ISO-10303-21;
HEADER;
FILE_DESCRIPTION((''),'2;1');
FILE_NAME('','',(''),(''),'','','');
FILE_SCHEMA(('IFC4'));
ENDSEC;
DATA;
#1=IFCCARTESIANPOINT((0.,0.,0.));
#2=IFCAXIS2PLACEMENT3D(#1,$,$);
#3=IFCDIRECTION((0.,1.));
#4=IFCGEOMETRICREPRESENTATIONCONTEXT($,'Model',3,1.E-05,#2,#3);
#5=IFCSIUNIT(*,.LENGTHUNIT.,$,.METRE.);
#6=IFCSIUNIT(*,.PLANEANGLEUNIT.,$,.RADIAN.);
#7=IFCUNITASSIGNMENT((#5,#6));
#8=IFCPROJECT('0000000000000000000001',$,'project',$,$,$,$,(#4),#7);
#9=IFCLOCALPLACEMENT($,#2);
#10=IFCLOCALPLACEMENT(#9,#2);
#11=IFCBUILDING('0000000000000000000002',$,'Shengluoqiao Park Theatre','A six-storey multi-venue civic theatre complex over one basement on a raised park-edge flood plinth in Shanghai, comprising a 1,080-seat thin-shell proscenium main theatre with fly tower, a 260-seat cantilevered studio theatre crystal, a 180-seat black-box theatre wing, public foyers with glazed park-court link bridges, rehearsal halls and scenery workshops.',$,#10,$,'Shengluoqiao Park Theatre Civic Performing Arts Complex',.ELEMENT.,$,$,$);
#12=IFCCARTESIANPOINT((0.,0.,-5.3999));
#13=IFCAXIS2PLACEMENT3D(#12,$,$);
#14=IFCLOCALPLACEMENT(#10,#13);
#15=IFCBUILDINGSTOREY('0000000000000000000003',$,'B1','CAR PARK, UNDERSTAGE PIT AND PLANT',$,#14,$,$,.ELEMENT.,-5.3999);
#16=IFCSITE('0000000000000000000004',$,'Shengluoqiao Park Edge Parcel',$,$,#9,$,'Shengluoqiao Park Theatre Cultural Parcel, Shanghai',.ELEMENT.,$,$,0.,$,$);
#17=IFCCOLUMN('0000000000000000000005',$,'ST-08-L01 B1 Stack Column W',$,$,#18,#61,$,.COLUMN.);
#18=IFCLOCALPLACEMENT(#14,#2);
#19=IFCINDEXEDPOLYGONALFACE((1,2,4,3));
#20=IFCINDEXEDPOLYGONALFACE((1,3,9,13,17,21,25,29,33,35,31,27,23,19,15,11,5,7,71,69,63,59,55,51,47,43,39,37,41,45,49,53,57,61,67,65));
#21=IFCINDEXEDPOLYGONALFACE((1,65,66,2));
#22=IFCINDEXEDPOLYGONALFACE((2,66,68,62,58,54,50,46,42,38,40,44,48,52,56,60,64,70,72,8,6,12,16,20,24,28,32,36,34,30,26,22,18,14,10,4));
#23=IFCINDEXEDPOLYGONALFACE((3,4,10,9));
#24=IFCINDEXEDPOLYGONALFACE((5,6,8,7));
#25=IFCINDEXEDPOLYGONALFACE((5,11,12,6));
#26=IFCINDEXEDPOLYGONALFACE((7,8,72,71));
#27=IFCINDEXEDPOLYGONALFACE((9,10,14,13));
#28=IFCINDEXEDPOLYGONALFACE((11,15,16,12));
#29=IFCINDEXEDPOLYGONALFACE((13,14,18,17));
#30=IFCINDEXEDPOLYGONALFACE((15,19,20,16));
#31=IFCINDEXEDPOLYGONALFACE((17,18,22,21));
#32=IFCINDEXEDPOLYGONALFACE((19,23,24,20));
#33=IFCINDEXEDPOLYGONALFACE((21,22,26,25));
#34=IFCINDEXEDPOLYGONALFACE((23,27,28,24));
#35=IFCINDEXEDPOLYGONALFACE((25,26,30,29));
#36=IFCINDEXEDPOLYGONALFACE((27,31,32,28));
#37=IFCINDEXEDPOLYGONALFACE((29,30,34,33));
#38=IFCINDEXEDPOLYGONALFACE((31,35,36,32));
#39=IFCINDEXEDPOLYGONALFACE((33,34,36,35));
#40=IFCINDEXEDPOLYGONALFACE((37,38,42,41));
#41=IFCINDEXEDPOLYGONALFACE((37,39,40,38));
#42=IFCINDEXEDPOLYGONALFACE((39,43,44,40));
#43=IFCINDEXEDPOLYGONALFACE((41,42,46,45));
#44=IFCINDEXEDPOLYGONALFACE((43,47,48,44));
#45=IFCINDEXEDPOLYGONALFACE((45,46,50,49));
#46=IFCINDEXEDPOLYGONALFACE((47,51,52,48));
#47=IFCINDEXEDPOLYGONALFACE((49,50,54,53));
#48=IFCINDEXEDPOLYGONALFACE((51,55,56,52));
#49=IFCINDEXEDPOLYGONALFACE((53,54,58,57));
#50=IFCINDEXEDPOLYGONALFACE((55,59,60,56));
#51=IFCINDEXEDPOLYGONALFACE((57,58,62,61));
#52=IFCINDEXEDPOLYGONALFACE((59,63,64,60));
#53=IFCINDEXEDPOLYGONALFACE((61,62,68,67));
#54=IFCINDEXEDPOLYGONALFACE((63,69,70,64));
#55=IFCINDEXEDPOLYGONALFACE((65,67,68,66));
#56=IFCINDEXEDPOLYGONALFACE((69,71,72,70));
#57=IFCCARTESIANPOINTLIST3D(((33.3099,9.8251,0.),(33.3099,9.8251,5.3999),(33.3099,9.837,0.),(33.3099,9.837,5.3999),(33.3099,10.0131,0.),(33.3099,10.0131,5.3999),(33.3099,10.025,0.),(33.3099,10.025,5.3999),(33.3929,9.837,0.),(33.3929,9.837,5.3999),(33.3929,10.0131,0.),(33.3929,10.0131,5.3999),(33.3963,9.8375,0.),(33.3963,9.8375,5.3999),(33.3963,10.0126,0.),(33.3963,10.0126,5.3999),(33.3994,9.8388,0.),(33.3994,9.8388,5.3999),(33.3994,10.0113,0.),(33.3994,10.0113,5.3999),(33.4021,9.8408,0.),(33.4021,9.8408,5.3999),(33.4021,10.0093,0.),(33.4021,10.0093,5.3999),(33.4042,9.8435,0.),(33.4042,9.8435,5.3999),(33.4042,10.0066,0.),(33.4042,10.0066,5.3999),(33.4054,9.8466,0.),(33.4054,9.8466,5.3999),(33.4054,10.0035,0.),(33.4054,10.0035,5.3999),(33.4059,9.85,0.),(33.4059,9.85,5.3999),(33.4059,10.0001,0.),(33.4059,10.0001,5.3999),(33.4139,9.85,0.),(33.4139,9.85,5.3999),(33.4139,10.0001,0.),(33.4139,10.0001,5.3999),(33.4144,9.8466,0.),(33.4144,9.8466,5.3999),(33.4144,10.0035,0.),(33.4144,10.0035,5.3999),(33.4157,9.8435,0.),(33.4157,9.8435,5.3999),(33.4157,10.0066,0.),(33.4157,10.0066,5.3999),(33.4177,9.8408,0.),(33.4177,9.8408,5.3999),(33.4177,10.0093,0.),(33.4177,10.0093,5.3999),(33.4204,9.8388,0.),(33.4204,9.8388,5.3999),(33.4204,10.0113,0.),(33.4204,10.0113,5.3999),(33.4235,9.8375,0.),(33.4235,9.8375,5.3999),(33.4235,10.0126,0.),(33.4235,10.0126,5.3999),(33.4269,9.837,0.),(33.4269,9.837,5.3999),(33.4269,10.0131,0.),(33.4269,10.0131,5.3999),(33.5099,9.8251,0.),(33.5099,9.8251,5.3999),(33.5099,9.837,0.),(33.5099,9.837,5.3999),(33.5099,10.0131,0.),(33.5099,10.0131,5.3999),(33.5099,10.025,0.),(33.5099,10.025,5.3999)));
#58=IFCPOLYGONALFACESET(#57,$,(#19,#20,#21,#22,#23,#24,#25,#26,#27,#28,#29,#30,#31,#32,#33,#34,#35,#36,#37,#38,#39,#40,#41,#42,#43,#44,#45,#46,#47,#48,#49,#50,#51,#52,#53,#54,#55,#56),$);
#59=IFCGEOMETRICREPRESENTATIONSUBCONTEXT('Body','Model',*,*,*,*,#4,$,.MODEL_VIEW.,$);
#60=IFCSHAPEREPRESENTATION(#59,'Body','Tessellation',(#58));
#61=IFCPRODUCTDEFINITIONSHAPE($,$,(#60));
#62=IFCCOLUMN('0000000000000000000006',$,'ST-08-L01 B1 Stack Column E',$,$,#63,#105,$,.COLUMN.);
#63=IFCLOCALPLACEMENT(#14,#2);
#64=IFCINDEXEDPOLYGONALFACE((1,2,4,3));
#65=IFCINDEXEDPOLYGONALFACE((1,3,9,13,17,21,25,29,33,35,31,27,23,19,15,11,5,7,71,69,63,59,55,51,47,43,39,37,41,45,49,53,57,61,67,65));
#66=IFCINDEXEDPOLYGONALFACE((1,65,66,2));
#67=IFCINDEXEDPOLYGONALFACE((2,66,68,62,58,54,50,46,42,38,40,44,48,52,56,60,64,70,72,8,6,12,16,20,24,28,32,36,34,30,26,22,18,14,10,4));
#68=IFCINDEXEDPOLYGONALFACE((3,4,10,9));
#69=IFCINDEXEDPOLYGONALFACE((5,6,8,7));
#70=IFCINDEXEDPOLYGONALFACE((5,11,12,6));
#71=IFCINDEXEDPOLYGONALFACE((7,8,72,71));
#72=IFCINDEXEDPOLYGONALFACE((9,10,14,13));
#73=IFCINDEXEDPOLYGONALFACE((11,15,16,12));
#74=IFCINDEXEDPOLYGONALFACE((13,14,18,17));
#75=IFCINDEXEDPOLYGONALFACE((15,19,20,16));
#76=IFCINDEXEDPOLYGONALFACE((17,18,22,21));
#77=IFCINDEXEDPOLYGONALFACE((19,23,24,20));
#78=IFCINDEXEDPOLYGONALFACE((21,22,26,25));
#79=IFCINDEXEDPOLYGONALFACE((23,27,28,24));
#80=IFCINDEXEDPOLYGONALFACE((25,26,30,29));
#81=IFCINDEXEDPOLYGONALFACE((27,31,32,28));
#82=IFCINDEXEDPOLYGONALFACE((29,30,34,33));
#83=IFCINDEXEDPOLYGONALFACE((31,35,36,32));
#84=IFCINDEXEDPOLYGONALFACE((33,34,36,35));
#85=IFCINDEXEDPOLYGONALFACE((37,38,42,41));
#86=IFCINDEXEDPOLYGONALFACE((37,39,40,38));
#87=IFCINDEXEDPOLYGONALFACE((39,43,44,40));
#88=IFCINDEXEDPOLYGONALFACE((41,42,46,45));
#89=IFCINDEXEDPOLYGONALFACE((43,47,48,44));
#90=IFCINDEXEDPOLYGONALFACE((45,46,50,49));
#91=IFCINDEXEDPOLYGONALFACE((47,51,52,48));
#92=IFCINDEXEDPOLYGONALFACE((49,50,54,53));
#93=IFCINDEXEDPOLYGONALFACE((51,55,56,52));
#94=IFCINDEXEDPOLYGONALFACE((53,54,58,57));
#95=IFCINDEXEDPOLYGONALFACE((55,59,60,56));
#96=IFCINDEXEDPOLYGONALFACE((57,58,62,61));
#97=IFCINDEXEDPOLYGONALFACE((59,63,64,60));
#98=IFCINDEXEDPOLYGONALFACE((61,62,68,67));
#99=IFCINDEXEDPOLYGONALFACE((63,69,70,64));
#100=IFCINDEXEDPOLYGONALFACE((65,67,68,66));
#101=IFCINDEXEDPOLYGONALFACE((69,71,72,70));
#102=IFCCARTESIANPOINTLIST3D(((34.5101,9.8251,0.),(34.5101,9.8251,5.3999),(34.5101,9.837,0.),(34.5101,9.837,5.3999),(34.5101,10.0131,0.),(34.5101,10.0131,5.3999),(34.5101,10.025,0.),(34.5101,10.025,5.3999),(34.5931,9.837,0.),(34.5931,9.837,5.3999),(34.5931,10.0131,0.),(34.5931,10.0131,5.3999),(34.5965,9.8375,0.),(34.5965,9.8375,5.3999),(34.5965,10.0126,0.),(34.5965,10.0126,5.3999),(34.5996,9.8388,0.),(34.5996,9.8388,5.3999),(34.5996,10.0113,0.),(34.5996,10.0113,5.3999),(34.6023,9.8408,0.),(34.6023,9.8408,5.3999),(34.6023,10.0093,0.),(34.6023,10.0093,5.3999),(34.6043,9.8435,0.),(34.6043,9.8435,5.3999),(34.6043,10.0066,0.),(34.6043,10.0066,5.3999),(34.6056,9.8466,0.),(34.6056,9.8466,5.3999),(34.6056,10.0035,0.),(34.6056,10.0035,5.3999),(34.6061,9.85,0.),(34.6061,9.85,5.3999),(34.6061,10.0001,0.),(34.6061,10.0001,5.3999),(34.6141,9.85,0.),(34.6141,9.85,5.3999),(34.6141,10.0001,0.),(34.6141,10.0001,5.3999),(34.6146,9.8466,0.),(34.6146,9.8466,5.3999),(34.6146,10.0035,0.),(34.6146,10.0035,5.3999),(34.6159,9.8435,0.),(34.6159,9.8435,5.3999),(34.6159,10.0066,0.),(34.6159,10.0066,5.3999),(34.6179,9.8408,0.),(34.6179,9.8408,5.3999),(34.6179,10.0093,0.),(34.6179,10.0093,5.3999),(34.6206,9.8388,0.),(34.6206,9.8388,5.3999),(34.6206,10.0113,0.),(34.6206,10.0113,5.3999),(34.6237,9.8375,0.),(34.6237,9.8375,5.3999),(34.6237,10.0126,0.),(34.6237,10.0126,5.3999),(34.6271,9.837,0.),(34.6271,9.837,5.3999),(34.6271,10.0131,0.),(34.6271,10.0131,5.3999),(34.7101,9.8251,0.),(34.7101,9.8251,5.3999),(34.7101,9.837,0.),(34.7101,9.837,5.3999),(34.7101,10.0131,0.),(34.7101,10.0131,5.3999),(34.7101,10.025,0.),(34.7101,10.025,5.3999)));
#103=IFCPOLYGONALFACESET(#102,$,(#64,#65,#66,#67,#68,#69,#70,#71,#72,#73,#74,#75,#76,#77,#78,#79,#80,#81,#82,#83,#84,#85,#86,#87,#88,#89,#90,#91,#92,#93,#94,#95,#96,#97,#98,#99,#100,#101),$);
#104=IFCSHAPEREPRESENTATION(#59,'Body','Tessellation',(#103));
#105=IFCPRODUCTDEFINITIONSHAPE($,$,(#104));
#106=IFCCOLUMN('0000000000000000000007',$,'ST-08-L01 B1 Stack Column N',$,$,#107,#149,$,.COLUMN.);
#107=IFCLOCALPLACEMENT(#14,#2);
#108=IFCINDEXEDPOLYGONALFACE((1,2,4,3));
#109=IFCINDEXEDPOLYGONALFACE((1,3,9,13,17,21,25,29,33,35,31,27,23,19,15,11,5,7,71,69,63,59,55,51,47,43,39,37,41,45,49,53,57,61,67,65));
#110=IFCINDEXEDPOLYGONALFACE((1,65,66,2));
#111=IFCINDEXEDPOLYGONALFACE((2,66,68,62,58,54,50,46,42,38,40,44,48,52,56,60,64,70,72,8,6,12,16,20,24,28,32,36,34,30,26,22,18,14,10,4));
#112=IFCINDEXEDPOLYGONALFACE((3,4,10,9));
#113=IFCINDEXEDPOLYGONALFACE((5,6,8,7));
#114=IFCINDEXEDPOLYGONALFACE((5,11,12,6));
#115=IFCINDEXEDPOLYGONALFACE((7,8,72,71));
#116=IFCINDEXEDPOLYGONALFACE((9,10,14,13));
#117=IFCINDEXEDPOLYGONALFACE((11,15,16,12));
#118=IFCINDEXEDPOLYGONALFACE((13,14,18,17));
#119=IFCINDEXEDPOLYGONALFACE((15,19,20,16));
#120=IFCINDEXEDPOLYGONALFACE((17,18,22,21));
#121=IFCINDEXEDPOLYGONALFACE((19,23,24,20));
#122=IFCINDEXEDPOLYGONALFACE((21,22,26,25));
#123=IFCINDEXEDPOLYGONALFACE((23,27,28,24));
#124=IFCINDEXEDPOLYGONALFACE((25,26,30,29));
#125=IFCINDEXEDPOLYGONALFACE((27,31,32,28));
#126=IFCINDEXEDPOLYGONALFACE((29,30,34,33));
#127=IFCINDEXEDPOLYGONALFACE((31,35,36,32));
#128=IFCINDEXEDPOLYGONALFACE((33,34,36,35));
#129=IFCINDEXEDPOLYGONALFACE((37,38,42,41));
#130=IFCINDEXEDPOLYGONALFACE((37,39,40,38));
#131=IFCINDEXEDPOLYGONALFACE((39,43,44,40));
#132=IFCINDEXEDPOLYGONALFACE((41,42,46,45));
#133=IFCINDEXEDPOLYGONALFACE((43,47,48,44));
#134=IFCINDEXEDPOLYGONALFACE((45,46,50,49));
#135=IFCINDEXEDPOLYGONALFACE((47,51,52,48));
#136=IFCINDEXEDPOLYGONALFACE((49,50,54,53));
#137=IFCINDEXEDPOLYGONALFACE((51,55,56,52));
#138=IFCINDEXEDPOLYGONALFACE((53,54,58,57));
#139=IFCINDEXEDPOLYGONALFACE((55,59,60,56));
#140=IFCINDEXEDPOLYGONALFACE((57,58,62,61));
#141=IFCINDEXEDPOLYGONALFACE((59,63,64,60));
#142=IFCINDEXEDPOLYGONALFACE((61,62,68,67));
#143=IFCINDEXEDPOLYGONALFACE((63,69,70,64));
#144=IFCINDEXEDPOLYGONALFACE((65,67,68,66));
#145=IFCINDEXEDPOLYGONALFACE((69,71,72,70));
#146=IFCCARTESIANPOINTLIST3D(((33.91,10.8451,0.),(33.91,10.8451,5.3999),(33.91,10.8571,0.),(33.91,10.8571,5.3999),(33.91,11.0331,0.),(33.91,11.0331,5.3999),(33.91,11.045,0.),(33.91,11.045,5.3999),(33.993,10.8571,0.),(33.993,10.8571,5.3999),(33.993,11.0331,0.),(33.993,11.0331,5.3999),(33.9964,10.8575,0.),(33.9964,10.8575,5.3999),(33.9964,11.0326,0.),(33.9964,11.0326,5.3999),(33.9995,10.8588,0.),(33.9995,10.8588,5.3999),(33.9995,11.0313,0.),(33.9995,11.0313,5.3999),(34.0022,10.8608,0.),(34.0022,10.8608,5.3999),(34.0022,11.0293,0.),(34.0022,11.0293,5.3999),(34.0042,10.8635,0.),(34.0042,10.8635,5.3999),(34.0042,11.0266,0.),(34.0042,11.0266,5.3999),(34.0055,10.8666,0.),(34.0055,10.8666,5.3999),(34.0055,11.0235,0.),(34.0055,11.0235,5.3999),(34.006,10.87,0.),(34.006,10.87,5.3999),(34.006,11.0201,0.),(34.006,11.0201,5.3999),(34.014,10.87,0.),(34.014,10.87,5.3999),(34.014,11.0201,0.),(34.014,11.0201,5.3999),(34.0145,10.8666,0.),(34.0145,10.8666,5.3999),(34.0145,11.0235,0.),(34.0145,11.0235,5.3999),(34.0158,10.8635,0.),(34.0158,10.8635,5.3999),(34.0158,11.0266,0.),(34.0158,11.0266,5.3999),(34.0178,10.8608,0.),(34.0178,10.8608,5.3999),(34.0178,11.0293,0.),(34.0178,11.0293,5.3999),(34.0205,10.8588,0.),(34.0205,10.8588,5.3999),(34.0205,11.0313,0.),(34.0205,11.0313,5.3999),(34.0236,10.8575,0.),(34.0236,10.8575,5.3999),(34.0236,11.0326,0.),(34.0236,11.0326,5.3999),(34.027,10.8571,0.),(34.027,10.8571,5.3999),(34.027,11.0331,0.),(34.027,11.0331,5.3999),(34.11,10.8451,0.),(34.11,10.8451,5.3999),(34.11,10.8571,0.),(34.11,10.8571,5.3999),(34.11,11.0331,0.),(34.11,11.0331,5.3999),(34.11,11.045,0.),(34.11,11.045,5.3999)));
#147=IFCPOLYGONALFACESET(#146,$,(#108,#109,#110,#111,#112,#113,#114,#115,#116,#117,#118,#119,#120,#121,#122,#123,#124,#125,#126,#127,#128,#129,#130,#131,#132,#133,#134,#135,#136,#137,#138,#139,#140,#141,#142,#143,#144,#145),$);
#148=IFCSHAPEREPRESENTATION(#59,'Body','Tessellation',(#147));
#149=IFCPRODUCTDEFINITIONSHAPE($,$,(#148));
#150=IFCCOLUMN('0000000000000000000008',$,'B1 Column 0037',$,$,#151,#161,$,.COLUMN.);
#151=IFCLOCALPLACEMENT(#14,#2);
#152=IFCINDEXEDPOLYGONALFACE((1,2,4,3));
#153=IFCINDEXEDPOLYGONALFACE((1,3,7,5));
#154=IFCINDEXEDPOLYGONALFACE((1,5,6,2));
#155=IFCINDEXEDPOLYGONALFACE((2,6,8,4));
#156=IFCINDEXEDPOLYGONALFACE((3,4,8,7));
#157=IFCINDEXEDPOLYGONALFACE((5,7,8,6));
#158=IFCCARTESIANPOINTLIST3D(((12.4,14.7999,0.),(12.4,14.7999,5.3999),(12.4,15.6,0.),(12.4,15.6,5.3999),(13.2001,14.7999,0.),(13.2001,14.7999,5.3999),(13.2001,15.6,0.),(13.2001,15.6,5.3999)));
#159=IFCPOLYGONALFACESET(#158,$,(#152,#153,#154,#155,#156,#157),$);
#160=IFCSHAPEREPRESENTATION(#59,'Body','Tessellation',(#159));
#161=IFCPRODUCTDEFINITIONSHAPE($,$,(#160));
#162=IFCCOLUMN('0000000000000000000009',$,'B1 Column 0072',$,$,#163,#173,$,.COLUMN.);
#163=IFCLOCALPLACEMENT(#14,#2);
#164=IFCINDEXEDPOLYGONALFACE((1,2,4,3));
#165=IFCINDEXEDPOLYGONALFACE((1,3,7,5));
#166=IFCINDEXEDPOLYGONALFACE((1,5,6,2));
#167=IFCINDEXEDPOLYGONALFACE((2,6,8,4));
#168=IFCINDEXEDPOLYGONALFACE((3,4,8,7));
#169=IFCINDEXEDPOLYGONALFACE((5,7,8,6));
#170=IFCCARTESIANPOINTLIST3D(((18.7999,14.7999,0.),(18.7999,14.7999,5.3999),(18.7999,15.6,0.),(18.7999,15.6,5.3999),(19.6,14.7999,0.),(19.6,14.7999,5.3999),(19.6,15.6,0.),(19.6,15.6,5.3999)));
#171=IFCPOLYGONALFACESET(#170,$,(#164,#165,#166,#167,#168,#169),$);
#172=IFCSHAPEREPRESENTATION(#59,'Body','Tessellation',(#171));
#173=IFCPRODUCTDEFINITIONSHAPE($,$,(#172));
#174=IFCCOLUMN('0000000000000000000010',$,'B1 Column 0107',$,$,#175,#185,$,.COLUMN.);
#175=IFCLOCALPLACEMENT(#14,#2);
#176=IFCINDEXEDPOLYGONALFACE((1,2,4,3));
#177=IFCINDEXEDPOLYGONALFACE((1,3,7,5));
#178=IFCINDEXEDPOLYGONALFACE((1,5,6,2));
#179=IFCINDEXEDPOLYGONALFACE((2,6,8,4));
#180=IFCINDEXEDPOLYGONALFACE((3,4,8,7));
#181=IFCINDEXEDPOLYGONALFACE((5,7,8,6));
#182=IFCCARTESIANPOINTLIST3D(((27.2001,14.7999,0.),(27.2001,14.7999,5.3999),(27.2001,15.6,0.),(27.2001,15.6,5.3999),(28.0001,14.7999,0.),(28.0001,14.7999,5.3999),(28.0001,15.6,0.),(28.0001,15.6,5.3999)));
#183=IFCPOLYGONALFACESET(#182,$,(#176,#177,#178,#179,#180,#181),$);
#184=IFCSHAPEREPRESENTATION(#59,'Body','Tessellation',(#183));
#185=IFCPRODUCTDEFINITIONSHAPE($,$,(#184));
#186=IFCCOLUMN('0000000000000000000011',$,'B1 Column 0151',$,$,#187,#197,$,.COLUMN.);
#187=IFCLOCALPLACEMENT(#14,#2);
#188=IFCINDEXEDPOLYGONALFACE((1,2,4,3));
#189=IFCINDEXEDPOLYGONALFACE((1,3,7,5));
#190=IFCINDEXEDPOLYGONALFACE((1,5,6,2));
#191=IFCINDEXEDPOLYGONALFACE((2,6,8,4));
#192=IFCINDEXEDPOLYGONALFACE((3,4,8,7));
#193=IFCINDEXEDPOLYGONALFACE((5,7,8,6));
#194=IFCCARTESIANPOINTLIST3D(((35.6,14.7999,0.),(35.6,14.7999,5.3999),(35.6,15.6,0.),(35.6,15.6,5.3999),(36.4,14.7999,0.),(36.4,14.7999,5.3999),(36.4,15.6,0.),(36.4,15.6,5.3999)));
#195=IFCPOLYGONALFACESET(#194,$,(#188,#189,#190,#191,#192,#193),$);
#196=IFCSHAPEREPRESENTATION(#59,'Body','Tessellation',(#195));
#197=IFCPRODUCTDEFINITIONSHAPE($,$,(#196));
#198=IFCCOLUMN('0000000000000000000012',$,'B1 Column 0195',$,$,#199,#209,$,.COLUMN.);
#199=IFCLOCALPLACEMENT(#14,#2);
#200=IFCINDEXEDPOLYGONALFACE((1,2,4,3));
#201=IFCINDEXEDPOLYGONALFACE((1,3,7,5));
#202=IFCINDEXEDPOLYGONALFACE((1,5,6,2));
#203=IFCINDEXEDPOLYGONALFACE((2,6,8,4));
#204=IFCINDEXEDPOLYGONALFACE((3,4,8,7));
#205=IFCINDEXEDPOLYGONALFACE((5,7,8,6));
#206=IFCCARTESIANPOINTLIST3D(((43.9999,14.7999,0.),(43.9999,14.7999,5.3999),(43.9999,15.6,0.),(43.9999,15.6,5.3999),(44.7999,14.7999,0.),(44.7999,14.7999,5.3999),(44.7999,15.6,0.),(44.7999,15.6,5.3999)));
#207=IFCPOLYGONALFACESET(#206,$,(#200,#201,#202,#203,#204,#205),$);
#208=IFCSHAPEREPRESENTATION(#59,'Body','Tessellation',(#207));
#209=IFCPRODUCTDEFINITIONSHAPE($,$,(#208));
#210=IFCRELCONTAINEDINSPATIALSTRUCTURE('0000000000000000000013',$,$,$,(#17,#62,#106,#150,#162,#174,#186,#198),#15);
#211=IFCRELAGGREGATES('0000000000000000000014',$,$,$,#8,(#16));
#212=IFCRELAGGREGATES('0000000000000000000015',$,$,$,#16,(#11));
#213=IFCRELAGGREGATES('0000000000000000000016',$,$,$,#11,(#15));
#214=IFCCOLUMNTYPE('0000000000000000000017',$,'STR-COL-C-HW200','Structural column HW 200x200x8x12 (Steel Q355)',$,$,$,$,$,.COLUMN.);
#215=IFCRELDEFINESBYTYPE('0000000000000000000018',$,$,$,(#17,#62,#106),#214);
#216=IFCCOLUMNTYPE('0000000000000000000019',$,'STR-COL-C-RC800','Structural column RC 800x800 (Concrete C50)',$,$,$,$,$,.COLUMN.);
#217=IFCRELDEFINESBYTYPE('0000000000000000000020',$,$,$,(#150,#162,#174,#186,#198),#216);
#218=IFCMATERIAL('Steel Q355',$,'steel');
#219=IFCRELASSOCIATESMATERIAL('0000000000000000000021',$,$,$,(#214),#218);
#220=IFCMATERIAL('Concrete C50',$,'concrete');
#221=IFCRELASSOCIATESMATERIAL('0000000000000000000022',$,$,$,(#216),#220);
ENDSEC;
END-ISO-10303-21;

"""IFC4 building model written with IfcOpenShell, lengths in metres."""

from ifc_helpers import new_model, si_unit, direction, frame, origin, origin_2d, place, context, subcontext, project, spatial, rectangle, i_section, extrude, material, material_profile, profile_set, type_object, element, save


model = new_model("IFC4")

# Units and contexts
model_context = context("Model", 3, precision=1e-05, world=origin(), true_north=direction((0.0, 1.0)))
body_context = subcontext(model_context, "Body", "Model", "MODEL_VIEW")
ifc_project = project(units=[si_unit("LENGTHUNIT", "METRE"), si_unit("PLANEANGLEUNIT", "RADIAN")], contexts=[model_context])

# Site, building, storey
site_placement = place(None, origin())
site = spatial("IfcSite", under=ifc_project, at=site_placement, Name="Shengluoqiao Park Edge Parcel", LongName="Shengluoqiao Park Theatre Cultural Parcel, Shanghai", CompositionType="ELEMENT", RefElevation=0.0)
building_placement = place(site_placement, origin())
building = spatial("IfcBuilding", under=site, at=building_placement, Name="Shengluoqiao Park Theatre", Description="A six-storey multi-venue civic theatre complex over one basement on a raised park-edge flood plinth in Shanghai, comprising a 1,080-seat thin-shell proscenium main theatre with fly tower, a 260-seat cantilevered studio theatre crystal, a 180-seat black-box theatre wing, public foyers with glazed park-court link bridges, rehearsal halls and scenery workshops.", LongName="Shengluoqiao Park Theatre Civic Performing Arts Complex", CompositionType="ELEMENT")
storey_placement = place(building_placement, frame((0.0, 0.0, -5.3999)))
storey = spatial("IfcBuildingStorey", under=building, at=storey_placement, Name="B1", Description="CAR PARK, UNDERSTAGE PIT AND PLANT", CompositionType="ELEMENT", Elevation=-5.3999)

# Columns
ifc_material_1 = material(Name="Steel Q355", Category="steel")
ifc_material_profile_1 = material_profile(ifc_material_1, i_section(OverallWidth=0.2, OverallDepth=0.2, WebThickness=0.0081, FlangeThickness=0.012, FilletRadius=0.0129, at=origin_2d()), Name="HW 200x200x8x12")
ifc_profile_set_1 = profile_set([ifc_material_profile_1], Name="Steel Q355")
column_type_1 = type_object("IfcColumnType", Name="STR-COL-C-HW200", Description="Structural column HW 200x200x8x12 (Steel Q355)", PredefinedType="COLUMN", material=ifc_profile_set_1)
for number, where, z_axis, x_axis, name in (
    (1, (33.4099, 9.925, 0.0), (0.0, 0.0, 1.0), (1.0, 0.0, 0.0), "ST-08-L01 B1 Stack Column W"),
    (2, (34.6101, 9.925, 0.0), (0.0, 0.0, 1.0), (1.0, 0.0, 0.0), "ST-08-L01 B1 Stack Column E"),
    (3, (34.01, 10.9451, 0.0), (0.0, 0.0, 1.0), (1.0, 0.0, 0.0), "ST-08-L01 B1 Stack Column N"),
):
    element("IfcColumn", number, at=place(storey_placement, frame(where, z_axis=z_axis, x_axis=x_axis)), inside=storey, type_object=column_type_1, Name=name, PredefinedType="COLUMN", context=body_context, shape_type="SweptSolid", body=[
        extrude(i_section(OverallWidth=0.2, OverallDepth=0.2, WebThickness=0.0081, FlangeThickness=0.012, FilletRadius=0.0129, at=origin_2d()), origin(), (0.0, 0.0, 1.0), 5.3999),
    ])
ifc_material_2 = material(Name="Concrete C50", Category="concrete")
ifc_material_profile_2 = material_profile(ifc_material_2, rectangle(XDim=0.8, YDim=0.8, at=origin_2d()), Name="RC 800x800")
ifc_profile_set_2 = profile_set([ifc_material_profile_2], Name="Concrete C50")
column_type_2 = type_object("IfcColumnType", Name="STR-COL-C-RC800", Description="Structural column RC 800x800 (Concrete C50)", PredefinedType="COLUMN", material=ifc_profile_set_2)
for number, where, z_axis, x_axis, name in (
    (4, (12.8, 15.2, 0.0), (0.0, 0.0, 1.0), (1.0, 0.0, 0.0), "B1 Column 0037"),
    (5, (19.2, 15.2, 0.0), (0.0, 0.0, 1.0), (1.0, 0.0, 0.0), "B1 Column 0072"),
    (6, (27.6001, 15.2, 0.0), (0.0, 0.0, 1.0), (1.0, 0.0, 0.0), "B1 Column 0107"),
    (7, (36.0, 15.2, 0.0), (0.0, 0.0, 1.0), (1.0, 0.0, 0.0), "B1 Column 0151"),
    (8, (44.3999, 15.2, 0.0), (0.0, 0.0, 1.0), (1.0, 0.0, 0.0), "B1 Column 0195"),
):
    element("IfcColumn", number, at=place(storey_placement, frame(where, z_axis=z_axis, x_axis=x_axis)), inside=storey, type_object=column_type_2, Name=name, PredefinedType="COLUMN", context=body_context, shape_type="SweptSolid", body=[
        extrude(rectangle(XDim=0.8, YDim=0.8, at=origin_2d()), origin(), (0.0, 0.0, 1.0), 5.3999),
    ])

save(model, "model.ifc")
